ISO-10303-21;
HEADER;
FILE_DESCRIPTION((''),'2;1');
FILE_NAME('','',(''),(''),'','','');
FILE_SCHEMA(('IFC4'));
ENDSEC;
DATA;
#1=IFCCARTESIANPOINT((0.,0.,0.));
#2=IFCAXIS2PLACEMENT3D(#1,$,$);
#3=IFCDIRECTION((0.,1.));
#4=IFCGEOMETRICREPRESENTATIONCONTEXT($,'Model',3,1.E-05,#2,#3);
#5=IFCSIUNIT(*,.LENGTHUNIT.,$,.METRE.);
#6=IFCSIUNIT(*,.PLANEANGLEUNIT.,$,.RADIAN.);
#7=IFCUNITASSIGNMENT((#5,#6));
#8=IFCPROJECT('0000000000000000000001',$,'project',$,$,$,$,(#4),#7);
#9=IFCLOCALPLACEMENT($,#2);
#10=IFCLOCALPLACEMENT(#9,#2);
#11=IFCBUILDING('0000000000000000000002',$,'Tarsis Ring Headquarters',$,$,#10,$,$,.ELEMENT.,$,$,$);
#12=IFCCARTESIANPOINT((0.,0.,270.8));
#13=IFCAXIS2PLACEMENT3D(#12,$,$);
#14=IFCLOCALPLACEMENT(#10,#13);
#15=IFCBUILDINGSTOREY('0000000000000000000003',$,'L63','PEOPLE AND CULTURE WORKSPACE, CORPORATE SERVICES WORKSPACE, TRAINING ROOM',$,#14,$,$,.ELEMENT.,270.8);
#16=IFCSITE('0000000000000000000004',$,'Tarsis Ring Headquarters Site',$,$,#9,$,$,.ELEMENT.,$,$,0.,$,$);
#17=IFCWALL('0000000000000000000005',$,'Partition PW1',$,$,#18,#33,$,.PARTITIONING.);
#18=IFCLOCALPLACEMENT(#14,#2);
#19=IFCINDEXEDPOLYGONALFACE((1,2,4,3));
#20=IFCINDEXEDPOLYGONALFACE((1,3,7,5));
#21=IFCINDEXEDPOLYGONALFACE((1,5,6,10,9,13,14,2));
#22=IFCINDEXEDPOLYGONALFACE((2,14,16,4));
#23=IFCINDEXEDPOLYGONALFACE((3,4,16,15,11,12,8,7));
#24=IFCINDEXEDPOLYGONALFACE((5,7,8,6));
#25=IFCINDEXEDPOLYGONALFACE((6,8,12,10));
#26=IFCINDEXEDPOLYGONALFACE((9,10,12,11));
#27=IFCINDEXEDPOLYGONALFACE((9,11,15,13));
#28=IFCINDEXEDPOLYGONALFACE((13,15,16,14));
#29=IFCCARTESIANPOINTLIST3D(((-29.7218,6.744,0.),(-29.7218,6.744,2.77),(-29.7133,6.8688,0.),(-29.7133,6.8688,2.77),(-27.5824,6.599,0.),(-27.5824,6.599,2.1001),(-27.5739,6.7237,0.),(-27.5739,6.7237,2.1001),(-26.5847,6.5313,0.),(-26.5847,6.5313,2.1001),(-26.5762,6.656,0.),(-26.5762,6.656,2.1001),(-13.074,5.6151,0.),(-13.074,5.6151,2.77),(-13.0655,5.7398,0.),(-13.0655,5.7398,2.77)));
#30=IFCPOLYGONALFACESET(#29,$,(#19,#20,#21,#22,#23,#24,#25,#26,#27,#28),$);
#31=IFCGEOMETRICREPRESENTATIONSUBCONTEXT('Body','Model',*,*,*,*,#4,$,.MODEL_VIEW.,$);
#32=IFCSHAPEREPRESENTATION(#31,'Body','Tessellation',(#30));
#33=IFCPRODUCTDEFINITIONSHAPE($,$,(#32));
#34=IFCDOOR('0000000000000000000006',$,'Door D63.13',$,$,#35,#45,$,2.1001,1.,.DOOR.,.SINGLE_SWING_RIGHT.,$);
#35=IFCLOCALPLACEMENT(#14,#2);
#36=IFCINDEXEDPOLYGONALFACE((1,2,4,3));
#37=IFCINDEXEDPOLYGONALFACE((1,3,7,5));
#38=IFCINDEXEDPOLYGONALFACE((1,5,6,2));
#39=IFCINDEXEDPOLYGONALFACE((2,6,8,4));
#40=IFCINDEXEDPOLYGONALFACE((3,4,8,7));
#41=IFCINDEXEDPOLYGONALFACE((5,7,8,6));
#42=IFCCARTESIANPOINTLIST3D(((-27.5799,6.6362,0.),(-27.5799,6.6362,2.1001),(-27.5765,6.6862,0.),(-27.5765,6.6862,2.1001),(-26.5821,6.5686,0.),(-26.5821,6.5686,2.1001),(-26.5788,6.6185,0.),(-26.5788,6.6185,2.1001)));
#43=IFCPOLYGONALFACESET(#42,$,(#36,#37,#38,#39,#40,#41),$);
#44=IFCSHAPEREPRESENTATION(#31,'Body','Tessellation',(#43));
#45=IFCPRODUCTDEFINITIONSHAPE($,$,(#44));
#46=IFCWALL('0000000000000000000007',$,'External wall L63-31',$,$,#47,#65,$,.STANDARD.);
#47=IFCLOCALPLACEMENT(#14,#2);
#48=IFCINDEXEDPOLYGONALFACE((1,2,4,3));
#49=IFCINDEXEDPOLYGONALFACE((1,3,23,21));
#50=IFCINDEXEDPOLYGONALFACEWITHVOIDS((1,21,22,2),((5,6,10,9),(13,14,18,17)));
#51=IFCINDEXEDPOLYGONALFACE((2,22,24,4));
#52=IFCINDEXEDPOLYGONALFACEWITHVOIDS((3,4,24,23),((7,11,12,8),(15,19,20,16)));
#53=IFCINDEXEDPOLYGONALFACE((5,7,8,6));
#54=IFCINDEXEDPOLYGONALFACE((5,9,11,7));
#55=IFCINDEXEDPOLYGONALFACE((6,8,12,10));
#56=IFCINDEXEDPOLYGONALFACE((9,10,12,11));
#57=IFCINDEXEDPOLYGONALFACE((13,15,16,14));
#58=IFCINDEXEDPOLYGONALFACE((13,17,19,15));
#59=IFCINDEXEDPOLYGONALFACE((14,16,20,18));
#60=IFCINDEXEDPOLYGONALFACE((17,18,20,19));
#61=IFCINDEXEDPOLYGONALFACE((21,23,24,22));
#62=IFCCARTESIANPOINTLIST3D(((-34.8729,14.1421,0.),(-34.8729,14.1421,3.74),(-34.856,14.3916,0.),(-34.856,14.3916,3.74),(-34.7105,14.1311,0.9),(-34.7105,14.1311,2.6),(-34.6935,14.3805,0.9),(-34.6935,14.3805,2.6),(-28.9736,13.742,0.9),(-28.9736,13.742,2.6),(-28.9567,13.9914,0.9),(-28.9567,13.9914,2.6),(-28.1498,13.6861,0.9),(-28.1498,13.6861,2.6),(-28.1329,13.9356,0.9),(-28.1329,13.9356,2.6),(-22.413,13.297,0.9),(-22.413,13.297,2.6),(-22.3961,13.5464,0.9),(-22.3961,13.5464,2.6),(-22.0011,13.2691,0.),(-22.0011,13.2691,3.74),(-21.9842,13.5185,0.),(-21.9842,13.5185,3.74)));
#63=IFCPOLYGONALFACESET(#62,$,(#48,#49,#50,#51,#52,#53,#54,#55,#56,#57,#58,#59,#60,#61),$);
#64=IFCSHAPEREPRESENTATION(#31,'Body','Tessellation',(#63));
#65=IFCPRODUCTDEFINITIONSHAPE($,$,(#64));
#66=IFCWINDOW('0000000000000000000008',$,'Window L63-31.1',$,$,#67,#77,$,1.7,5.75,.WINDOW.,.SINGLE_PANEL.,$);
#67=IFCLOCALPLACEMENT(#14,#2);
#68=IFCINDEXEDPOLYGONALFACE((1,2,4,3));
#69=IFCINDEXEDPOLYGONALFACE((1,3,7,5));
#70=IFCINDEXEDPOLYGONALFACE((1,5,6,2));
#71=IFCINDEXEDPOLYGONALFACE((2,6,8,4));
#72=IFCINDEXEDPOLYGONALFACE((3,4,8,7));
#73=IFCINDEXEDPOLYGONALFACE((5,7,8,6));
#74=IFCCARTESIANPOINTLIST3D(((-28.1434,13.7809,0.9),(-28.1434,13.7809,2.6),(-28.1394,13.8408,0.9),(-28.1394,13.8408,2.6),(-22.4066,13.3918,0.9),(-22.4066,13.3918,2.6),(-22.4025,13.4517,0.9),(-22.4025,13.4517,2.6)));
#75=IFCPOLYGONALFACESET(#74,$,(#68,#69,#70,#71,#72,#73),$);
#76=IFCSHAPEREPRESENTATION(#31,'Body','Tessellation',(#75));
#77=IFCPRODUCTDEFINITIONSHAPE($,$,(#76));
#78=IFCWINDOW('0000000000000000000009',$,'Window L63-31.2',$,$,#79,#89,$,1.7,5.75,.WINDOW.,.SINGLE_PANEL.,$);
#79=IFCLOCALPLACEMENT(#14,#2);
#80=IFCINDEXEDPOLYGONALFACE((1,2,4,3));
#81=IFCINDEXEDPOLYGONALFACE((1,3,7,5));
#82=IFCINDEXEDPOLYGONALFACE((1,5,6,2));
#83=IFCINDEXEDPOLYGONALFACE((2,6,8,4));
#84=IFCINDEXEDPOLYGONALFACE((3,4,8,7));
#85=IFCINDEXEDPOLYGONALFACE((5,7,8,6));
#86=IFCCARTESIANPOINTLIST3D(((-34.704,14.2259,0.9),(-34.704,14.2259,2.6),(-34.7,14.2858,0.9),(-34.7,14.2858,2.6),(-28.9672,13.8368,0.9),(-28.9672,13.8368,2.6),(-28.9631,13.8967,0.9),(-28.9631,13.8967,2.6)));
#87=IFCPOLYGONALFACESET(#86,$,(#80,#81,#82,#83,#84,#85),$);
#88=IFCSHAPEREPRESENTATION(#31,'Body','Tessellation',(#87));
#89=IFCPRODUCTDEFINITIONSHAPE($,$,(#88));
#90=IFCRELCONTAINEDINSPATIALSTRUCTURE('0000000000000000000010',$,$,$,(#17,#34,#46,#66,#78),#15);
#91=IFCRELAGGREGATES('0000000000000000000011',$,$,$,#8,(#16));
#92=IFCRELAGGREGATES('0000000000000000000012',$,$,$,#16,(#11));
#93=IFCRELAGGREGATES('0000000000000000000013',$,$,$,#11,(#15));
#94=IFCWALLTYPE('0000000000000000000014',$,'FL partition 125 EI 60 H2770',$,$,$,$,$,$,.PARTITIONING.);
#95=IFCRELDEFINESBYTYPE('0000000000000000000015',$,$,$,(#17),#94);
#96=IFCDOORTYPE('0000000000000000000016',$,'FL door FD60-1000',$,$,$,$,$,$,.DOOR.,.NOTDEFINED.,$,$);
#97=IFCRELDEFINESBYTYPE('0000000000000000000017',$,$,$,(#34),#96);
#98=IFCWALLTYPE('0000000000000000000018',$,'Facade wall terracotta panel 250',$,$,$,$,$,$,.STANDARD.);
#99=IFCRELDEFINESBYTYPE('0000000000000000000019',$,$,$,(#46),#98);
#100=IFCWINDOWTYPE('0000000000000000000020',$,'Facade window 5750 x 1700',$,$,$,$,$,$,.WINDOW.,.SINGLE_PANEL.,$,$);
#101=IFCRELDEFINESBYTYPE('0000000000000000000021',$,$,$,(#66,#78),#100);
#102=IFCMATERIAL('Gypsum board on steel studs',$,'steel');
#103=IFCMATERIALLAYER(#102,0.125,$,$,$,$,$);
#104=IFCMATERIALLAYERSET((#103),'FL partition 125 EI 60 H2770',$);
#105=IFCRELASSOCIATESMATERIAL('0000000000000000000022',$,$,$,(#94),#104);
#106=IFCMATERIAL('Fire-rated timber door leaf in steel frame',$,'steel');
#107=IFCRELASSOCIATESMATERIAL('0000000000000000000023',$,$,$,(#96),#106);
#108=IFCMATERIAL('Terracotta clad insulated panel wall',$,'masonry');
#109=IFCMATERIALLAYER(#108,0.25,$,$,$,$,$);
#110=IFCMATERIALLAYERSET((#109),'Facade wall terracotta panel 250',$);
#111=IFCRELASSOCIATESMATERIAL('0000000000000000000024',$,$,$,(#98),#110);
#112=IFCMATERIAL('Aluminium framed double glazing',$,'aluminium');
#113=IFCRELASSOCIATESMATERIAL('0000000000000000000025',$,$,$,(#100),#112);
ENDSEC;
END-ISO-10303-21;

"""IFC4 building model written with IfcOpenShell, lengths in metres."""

from ifc_helpers import new_model, si_unit, direction, frame, frame_2d, origin, place, context, subcontext, project, spatial, rectangle, extrude, material, layer, layer_set, type_object, element, fill, save


model = new_model("IFC4")

# Units and contexts
model_context = context("Model", 3, precision=1e-05, world=origin(), true_north=direction((0.0, 1.0)))
body_context = subcontext(model_context, "Body", "Model", "MODEL_VIEW")
ifc_project = project(units=[si_unit("LENGTHUNIT", "METRE"), si_unit("PLANEANGLEUNIT", "RADIAN")], contexts=[model_context])

# Site, building, storey
site_placement = place(None, origin())
site = spatial("IfcSite", under=ifc_project, at=site_placement, Name="Tarsis Ring Headquarters Site", CompositionType="ELEMENT", RefElevation=0.0)
building_placement = place(site_placement, origin())
building = spatial("IfcBuilding", under=site, at=building_placement, Name="Tarsis Ring Headquarters", CompositionType="ELEMENT")
storey_placement = place(building_placement, frame((0.0, 0.0, 270.8)))
storey = spatial("IfcBuildingStorey", under=building, at=storey_placement, Name="L63", Description="PEOPLE AND CULTURE WORKSPACE, CORPORATE SERVICES WORKSPACE, TRAINING ROOM", CompositionType="ELEMENT", Elevation=270.8)

# Shared definitions
ifc_material_1 = material(Name="Gypsum board on steel studs", Category="steel")

# Wall, opening, door
ifc_layer_1 = layer(ifc_material_1, 0.125)
ifc_layer_set_1 = layer_set([ifc_layer_1], Name="FL partition 125 EI 60 H2770")
wall_type_1 = type_object("IfcWallType", Name="FL partition 125 EI 60 H2770", PredefinedType="PARTITIONING", material=ifc_layer_set_1)
ifc_material_2 = material(Name="Fire-rated timber door leaf in steel frame", Category="steel")
wall_1_placement = place(storey_placement, frame((-29.7175, 6.8064, 0.0), z_axis=(0.0, 0.0, 1.0), x_axis=(0.997709, -0.067656, 0.0)))
wall_1 = element("IfcWall", 1, at=wall_1_placement, inside=storey, type_object=wall_type_1, Name="Partition PW1", PredefinedType="PARTITIONING", context=body_context, shape_type="SweptSolid", body=[
    extrude(rectangle(XDim=16.686, YDim=0.125, at=frame_2d((8.343, 0.0))), origin(), (0.0, 0.0, 1.0), 2.77),
])
opening_1_placement = place(wall_1_placement, frame((2.1443, 0.0, 0.0)))
opening_1 = element("IfcOpeningElement", 2, at=opening_1_placement, cuts=wall_1, PredefinedType="OPENING", context=body_context, shape_type="SweptSolid", body=[
    extrude(rectangle(XDim=1.0, YDim=2.1001, at=frame_2d((0.5, 1.05))), frame((0.0, 0.0725, 0.0), z_axis=(0.0, -1.0, 0.0), x_axis=(1.0, 0.0, 0.0)), (0.0, 0.0, 1.0), 0.145),
])
door_type_1 = type_object("IfcDoorType", Name="FL door FD60-1000", OperationType="NOTDEFINED", PredefinedType="DOOR", material=ifc_material_2)
door_1_placement = place(opening_1_placement, origin())
door_1 = element("IfcDoor", 3, at=door_1_placement, inside=storey, type_object=door_type_1, Name="Door D63.13", OperationType="SINGLE_SWING_RIGHT", OverallHeight=2.1001, OverallWidth=1.0, PredefinedType="DOOR", context=body_context, shape_type="SweptSolid", body=[
    extrude(rectangle(XDim=1.0, YDim=2.1001, at=frame_2d((0.5, 1.05))), frame((0.0, 0.0249, 0.0), z_axis=(0.0, -1.0, 0.0), x_axis=(1.0, 0.0, 0.0)), (0.0, 0.0, 1.0), 0.05),
])
fill(opening_1, door_1)

# Wall, openings, windows
ifc_material_3 = material(Name="Terracotta clad insulated panel wall", Category="masonry")
ifc_layer_2 = layer(ifc_material_3, 0.25)
ifc_layer_set_2 = layer_set([ifc_layer_2], Name="Facade wall terracotta panel 250")
wall_type_2 = type_object("IfcWallType", Name="Facade wall terracotta panel 250", PredefinedType="STANDARD", material=ifc_layer_set_2)
wall_2_placement = place(storey_placement, frame((-21.9927, 13.3938, 0.0), z_axis=(0.0, 0.0, 1.0), x_axis=(-0.997708, 0.067671, 0.0)))
wall_2 = element("IfcWall", 4, at=wall_2_placement, inside=storey, type_object=wall_type_2, Name="External wall L63-31", PredefinedType="STANDARD", context=body_context, shape_type="SweptSolid", body=[
    extrude(rectangle(XDim=12.9014, YDim=0.25, at=frame_2d((6.4507, 0.0))), origin(), (0.0, 0.0, 1.0), 3.74),
])
opening_2_placement = place(wall_2_placement, frame((0.4128, 0.0, 0.8999)))
opening_2 = element("IfcOpeningElement", 5, at=opening_2_placement, cuts=wall_2, PredefinedType="OPENING", context=body_context, shape_type="SweptSolid", body=[
    extrude(rectangle(XDim=5.75, YDim=1.7, at=frame_2d((2.875, 0.8501))), frame((0.0, 0.135, 0.0), z_axis=(0.0, -1.0, 0.0), x_axis=(1.0, 0.0, 0.0)), (0.0, 0.0, 1.0), 0.27),
])
opening_3_placement = place(wall_2_placement, frame((6.9885, 0.0, 0.8999)))
opening_3 = element("IfcOpeningElement", 6, at=opening_3_placement, cuts=wall_2, PredefinedType="OPENING", context=body_context, shape_type="SweptSolid", body=[
    extrude(rectangle(XDim=5.75, YDim=1.7, at=frame_2d((2.875, 0.8501))), frame((0.0, 0.135, 0.0), z_axis=(0.0, -1.0, 0.0), x_axis=(1.0, 0.0, 0.0)), (0.0, 0.0, 1.0), 0.27),
])
ifc_material_4 = material(Name="Aluminium framed double glazing", Category="aluminium")
window_type = type_object("IfcWindowType", Name="Facade window 5750 x 1700", PartitioningType="SINGLE_PANEL", PredefinedType="WINDOW", material=ifc_material_4)
window_1_placement = place(opening_2_placement, origin())
window_1 = element("IfcWindow", 7, at=window_1_placement, inside=storey, type_object=window_type, Name="Window L63-31.1", OverallHeight=1.7, OverallWidth=5.75, PartitioningType="SINGLE_PANEL", PredefinedType="WINDOW", context=body_context, shape_type="SweptSolid", body=[
    extrude(rectangle(XDim=5.75, YDim=1.7, at=frame_2d((2.875, 0.8501))), frame((0.0, 0.03, 0.0), z_axis=(0.0, -1.0, 0.0), x_axis=(1.0, 0.0, 0.0)), (0.0, 0.0, 1.0), 0.0601),
])
fill(opening_2, window_1)
window_2_placement = place(opening_3_placement, origin())
window_2 = element("IfcWindow", 8, at=window_2_placement, inside=storey, type_object=window_type, Name="Window L63-31.2", OverallHeight=1.7, OverallWidth=5.75, PartitioningType="SINGLE_PANEL", PredefinedType="WINDOW", context=body_context, shape_type="SweptSolid", body=[
    extrude(rectangle(XDim=5.75, YDim=1.7, at=frame_2d((2.875, 0.8501))), frame((0.0, 0.03, 0.0), z_axis=(0.0, -1.0, 0.0), x_axis=(1.0, 0.0, 0.0)), (0.0, 0.0, 1.0), 0.0601),
])
fill(opening_3, window_2)

save(model, "model.ifc")
